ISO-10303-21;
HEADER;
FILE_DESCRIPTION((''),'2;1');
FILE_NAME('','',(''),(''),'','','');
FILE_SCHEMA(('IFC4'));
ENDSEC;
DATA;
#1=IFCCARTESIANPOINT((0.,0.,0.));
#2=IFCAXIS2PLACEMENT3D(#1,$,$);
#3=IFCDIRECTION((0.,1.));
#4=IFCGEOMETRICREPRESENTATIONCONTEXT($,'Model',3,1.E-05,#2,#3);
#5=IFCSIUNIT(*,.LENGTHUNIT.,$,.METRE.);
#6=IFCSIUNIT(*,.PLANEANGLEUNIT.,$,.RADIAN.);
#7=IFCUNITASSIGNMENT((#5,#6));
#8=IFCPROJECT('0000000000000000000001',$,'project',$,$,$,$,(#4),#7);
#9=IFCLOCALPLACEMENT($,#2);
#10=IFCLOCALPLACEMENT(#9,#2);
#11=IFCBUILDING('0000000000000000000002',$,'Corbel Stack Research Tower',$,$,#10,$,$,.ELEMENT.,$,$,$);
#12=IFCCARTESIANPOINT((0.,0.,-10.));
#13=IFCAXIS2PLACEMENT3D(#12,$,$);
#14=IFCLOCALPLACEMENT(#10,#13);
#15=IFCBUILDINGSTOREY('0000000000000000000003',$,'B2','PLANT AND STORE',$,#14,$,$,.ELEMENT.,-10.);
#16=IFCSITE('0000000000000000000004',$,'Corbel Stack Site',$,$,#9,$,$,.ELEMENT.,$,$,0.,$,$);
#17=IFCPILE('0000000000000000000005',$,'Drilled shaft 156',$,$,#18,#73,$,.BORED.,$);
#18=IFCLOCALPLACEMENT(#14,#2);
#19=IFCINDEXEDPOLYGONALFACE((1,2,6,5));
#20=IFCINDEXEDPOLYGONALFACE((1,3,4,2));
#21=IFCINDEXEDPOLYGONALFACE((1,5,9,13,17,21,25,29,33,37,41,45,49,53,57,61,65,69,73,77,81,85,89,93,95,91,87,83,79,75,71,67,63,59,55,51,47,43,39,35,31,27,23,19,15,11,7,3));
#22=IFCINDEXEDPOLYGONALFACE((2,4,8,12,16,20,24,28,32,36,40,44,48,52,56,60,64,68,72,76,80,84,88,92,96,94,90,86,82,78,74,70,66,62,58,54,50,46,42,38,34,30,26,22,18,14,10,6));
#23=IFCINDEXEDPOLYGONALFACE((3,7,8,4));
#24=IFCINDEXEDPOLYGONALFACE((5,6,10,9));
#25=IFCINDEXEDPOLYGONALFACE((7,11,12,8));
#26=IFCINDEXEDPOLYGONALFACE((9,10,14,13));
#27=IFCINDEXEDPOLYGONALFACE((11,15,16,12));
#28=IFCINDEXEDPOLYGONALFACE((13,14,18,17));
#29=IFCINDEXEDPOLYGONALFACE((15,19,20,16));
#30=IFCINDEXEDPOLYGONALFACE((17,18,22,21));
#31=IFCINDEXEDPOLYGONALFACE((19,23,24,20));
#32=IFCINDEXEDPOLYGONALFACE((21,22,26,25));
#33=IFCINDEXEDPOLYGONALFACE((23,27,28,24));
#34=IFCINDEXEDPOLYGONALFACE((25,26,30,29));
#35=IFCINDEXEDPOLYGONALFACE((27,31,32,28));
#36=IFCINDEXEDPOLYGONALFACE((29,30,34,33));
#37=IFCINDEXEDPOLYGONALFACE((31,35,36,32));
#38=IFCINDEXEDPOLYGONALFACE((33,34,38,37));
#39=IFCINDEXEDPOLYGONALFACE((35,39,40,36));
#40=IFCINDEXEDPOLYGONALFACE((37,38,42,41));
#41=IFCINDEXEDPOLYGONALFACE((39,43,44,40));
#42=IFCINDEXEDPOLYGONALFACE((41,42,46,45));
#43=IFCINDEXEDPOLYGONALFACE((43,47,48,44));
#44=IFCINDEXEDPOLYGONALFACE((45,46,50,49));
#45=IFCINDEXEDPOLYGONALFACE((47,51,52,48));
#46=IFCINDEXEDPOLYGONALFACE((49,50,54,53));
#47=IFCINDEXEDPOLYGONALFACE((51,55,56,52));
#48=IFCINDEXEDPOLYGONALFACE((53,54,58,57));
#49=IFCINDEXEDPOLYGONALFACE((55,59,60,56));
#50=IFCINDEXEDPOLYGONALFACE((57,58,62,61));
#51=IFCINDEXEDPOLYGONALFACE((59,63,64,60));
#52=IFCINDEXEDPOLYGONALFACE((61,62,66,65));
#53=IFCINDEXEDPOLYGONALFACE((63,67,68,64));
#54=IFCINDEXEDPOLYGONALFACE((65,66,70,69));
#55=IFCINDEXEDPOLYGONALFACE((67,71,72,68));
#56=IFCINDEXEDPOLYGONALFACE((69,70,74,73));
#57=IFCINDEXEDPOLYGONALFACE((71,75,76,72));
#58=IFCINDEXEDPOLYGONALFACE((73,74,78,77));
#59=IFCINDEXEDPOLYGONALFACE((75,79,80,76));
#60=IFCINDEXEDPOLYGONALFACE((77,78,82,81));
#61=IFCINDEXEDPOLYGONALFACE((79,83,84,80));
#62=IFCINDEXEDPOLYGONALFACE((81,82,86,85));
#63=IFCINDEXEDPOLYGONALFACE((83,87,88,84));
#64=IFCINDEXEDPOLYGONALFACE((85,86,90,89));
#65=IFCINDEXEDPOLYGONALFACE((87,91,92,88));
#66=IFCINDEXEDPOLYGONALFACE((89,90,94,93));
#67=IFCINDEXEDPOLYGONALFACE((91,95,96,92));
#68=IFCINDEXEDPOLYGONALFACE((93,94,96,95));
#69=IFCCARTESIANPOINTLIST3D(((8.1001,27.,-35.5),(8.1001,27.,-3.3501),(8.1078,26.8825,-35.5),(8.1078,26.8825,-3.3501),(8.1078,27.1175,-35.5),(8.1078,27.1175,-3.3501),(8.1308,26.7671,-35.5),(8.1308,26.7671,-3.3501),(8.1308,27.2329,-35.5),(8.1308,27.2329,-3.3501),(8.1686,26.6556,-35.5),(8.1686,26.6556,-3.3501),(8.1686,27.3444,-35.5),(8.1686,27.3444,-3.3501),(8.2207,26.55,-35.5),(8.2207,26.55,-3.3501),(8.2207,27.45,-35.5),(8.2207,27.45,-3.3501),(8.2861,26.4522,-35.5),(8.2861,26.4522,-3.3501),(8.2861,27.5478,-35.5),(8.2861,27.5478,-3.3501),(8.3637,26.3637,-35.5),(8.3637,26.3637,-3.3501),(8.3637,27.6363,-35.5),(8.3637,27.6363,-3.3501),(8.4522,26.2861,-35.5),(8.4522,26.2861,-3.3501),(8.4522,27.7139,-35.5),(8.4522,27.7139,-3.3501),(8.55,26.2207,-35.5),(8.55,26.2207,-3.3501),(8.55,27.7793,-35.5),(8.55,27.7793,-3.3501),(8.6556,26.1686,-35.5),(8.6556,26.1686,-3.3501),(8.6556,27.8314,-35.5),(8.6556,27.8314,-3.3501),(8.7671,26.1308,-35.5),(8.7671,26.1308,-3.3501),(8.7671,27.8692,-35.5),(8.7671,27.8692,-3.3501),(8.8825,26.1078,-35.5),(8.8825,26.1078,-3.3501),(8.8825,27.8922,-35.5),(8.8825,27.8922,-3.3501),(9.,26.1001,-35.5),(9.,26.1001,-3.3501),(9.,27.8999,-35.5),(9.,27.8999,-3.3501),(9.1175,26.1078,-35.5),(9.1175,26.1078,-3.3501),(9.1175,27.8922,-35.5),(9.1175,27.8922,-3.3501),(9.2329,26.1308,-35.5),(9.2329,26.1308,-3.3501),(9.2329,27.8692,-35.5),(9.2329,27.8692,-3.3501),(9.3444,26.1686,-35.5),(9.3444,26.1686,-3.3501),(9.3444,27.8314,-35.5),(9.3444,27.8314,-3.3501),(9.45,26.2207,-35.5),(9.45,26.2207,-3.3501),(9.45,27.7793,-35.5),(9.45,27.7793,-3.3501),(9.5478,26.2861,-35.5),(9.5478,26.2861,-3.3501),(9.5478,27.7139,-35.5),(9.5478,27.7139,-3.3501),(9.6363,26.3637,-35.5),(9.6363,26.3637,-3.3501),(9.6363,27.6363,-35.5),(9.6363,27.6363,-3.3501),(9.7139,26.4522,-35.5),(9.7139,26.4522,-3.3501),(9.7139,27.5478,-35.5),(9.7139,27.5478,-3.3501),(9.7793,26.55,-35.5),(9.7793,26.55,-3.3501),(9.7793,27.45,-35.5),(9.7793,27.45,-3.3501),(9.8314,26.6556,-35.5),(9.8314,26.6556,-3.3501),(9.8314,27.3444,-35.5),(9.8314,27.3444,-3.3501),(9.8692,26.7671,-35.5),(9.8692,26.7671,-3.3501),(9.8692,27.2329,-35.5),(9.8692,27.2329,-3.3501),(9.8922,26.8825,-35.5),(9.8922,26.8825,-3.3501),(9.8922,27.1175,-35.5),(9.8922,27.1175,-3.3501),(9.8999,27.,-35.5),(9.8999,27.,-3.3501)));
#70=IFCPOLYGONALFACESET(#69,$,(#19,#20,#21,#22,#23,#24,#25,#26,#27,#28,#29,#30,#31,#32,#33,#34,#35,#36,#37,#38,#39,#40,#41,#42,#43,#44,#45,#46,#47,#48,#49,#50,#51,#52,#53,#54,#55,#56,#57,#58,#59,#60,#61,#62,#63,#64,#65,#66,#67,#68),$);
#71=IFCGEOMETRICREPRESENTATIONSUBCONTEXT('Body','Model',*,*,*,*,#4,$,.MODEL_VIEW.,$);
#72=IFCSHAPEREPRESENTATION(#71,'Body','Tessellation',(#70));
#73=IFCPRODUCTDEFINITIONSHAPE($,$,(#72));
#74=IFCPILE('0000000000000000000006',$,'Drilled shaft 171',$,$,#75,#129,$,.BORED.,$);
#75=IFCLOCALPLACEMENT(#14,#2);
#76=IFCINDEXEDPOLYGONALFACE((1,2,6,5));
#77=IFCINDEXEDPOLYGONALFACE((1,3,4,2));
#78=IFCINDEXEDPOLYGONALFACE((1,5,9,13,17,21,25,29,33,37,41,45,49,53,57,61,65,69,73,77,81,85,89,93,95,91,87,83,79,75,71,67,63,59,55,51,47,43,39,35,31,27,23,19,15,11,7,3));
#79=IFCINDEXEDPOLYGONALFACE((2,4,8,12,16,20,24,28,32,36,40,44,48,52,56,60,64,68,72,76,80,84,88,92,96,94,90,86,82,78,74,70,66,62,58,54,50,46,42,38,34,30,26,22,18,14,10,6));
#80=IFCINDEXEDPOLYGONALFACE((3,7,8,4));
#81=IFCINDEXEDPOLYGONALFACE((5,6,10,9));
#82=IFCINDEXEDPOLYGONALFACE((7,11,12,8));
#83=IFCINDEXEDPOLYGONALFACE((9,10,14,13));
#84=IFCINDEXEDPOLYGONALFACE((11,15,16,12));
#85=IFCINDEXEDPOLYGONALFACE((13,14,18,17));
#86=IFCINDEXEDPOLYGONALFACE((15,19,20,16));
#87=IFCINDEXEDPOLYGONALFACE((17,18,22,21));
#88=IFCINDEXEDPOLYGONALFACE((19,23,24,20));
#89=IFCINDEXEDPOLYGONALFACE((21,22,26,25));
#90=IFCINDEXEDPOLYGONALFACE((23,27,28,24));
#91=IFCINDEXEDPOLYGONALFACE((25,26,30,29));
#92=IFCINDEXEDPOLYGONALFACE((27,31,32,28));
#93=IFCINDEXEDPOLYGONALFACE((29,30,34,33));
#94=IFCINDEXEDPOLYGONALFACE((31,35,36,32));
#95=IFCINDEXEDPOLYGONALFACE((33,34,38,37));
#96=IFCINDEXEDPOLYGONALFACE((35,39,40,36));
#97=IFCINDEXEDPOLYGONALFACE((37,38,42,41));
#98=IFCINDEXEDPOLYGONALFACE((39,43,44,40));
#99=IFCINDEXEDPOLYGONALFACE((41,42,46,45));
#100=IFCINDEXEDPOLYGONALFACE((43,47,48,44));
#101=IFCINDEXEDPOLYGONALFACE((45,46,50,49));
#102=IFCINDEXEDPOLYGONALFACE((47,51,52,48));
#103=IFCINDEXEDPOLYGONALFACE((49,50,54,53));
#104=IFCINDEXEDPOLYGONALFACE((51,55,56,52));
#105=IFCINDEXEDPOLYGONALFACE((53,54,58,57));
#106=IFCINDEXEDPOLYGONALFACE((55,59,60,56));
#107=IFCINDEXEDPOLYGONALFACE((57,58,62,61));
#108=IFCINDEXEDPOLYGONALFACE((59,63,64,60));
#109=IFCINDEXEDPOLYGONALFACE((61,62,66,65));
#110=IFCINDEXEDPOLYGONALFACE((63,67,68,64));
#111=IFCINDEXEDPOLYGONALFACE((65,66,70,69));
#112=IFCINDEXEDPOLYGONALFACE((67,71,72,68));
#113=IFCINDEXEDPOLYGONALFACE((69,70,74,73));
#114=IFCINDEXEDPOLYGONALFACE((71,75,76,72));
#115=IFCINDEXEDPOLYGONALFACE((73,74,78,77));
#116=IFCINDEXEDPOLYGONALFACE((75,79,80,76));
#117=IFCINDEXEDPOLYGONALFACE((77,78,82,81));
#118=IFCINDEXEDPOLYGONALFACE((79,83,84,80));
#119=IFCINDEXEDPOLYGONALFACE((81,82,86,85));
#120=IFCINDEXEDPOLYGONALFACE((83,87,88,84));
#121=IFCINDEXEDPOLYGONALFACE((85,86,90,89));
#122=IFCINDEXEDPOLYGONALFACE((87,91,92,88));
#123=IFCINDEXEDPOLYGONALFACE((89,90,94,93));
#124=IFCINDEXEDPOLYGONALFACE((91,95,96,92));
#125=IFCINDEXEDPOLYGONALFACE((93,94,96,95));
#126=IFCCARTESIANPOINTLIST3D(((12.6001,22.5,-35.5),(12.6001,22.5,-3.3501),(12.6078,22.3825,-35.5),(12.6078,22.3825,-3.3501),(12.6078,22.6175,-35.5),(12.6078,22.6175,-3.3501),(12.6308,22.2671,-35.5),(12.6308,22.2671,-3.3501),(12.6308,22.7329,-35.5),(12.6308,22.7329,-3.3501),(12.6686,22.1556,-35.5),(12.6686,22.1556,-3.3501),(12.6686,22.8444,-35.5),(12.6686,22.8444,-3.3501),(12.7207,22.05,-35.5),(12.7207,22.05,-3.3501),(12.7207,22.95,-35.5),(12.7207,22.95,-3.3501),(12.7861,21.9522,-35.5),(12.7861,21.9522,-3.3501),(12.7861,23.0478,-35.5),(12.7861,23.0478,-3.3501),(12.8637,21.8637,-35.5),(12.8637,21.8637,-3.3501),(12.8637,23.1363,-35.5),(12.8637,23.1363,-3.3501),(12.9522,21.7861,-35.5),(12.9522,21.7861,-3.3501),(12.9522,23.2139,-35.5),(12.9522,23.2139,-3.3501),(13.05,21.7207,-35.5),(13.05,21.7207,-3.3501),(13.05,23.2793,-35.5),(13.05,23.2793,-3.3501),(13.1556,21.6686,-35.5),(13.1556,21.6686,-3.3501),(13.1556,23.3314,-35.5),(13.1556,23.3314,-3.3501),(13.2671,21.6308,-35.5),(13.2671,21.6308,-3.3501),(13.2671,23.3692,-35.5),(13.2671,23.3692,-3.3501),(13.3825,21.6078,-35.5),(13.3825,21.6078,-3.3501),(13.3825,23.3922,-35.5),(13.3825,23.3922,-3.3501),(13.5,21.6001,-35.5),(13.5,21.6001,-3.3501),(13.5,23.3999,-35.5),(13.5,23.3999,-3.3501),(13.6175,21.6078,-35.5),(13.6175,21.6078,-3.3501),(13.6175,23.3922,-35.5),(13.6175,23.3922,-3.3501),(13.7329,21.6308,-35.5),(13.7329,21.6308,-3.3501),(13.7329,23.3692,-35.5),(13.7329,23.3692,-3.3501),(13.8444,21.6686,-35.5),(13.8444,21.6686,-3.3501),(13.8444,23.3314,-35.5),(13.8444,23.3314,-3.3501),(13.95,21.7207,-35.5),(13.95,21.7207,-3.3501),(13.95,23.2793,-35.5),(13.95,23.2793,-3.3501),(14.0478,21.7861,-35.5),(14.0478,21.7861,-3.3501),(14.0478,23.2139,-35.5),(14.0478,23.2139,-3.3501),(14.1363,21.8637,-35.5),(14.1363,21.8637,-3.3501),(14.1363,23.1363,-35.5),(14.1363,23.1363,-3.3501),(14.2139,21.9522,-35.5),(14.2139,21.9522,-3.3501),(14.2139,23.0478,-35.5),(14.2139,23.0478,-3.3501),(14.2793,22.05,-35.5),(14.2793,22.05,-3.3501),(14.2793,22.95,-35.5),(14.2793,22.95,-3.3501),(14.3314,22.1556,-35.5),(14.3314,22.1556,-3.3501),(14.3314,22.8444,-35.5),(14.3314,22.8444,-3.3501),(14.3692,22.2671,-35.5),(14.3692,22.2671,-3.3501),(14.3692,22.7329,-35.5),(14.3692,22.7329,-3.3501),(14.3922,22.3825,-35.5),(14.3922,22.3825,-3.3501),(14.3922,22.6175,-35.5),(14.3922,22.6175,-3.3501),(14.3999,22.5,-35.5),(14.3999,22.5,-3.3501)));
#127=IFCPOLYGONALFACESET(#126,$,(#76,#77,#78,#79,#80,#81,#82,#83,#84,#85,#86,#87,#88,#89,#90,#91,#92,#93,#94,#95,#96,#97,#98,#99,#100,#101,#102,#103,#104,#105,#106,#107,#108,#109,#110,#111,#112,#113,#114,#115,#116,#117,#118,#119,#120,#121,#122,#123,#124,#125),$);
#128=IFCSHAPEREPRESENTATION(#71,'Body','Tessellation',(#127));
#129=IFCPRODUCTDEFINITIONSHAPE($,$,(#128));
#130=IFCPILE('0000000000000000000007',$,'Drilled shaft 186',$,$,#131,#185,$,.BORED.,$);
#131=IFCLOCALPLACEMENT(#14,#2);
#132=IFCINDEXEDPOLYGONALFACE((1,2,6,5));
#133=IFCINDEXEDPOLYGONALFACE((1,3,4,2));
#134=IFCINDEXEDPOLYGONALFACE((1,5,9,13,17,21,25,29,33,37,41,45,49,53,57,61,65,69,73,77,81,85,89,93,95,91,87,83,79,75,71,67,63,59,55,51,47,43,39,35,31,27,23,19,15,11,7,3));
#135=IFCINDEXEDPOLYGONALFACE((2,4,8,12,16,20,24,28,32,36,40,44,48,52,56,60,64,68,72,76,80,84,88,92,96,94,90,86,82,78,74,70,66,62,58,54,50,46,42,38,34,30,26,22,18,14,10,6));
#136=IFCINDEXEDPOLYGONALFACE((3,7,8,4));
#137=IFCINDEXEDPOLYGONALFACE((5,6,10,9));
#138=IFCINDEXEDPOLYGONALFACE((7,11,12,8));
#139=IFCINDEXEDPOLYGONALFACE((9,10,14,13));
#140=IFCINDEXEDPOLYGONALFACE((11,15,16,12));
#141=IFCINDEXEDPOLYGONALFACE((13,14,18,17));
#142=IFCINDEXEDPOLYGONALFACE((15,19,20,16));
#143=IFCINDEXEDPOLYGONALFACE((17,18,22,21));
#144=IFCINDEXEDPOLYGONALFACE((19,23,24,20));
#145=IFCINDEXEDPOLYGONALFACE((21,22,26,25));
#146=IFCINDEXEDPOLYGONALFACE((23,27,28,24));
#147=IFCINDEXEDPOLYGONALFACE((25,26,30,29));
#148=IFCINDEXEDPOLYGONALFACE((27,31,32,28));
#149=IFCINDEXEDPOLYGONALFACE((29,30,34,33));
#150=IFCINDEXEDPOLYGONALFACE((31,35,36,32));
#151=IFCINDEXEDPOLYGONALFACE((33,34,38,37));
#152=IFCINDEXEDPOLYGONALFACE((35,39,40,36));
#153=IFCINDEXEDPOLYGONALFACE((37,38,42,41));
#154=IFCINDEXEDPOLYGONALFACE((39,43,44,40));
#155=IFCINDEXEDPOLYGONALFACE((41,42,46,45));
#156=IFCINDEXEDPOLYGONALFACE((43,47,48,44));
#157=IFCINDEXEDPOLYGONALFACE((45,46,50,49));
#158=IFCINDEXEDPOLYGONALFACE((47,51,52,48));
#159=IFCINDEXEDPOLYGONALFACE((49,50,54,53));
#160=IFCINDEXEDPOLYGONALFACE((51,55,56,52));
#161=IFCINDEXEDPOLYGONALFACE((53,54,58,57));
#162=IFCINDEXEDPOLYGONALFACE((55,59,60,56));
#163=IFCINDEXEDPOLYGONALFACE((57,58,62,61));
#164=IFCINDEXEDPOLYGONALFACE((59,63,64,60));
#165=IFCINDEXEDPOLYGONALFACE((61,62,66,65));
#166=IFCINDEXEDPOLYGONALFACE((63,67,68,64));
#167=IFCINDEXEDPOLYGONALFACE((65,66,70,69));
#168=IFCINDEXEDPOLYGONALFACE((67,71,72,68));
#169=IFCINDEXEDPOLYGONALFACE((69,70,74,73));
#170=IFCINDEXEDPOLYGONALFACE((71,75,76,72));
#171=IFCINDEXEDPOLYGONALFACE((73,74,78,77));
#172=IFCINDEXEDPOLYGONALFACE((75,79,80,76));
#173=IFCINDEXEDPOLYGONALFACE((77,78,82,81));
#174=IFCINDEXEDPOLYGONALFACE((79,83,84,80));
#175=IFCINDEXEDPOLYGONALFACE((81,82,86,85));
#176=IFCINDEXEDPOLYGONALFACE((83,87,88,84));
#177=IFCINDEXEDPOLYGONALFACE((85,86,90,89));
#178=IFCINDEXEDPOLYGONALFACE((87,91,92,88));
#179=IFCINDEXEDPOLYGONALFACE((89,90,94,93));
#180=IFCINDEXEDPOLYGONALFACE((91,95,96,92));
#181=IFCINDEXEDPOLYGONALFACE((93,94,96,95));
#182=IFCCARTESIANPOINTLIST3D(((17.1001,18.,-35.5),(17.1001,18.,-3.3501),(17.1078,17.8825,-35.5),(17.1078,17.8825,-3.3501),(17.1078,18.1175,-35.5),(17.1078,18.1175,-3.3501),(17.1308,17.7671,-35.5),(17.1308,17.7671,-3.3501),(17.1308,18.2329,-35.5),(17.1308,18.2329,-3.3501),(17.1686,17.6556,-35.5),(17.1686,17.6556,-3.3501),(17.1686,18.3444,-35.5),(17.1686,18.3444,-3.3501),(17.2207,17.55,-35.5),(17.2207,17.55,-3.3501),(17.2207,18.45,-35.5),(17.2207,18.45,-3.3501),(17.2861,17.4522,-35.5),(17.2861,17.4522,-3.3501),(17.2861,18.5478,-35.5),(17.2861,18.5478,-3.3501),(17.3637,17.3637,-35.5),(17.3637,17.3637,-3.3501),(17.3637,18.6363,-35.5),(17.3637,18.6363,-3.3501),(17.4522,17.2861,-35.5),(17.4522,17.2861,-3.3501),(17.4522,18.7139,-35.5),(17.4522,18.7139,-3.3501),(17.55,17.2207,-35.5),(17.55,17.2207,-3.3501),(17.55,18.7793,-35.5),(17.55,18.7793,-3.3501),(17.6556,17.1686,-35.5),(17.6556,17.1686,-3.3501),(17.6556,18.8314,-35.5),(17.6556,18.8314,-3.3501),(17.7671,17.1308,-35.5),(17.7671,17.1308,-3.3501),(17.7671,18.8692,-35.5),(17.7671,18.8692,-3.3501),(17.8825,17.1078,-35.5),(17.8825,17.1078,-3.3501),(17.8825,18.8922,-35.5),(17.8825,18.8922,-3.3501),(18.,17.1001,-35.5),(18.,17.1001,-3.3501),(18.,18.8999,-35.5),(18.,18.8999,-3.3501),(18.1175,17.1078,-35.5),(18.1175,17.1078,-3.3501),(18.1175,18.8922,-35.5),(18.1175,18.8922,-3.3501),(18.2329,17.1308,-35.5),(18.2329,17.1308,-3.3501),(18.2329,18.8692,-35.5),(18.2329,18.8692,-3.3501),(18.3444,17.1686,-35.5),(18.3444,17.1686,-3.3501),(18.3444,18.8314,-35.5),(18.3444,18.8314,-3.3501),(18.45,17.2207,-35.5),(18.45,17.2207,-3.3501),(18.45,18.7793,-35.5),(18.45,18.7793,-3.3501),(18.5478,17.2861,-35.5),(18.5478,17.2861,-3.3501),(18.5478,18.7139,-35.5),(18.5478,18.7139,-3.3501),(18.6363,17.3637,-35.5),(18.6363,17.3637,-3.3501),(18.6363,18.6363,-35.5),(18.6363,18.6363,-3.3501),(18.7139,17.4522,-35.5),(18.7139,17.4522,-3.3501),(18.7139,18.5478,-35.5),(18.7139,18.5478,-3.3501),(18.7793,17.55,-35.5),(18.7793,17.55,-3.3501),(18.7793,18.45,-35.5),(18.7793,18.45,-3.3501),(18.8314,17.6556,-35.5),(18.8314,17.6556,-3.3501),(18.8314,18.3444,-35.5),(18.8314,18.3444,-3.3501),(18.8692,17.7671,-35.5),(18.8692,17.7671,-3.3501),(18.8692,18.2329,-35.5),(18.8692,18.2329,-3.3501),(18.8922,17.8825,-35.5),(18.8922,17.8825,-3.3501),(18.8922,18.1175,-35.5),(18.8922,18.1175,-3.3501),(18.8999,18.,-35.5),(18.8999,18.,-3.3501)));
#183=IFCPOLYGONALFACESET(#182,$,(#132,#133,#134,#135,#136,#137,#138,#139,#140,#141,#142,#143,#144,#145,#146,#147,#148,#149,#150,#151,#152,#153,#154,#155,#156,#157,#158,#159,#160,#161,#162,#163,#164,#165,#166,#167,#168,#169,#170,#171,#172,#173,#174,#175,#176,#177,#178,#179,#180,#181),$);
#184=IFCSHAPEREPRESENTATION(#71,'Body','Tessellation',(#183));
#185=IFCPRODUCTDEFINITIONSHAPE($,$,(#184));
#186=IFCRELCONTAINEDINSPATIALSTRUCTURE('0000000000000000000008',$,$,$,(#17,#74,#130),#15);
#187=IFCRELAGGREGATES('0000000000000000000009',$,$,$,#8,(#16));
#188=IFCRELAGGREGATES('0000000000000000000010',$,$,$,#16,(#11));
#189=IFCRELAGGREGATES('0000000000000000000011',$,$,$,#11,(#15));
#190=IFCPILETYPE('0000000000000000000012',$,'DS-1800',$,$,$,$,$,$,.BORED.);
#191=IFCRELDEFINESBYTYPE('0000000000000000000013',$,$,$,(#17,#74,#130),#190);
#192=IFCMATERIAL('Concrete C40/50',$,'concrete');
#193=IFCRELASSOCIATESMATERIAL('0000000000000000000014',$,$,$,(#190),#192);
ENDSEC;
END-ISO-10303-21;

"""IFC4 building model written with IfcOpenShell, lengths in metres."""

from ifc_helpers import new_model, si_unit, direction, frame, origin, origin_2d, place, context, subcontext, project, spatial, circle, extrude, material, material_profile, profile_set, type_object, element, save


model = new_model("IFC4")

# Units and contexts
model_context = context("Model", 3, precision=1e-05, world=origin(), true_north=direction((0.0, 1.0)))
body_context = subcontext(model_context, "Body", "Model", "MODEL_VIEW")
ifc_project = project(units=[si_unit("LENGTHUNIT", "METRE"), si_unit("PLANEANGLEUNIT", "RADIAN")], contexts=[model_context])

# Site, building, storey
site_placement = place(None, origin())
site = spatial("IfcSite", under=ifc_project, at=site_placement, Name="Corbel Stack Site", CompositionType="ELEMENT", RefElevation=0.0)
building_placement = place(site_placement, origin())
building = spatial("IfcBuilding", under=site, at=building_placement, Name="Corbel Stack Research Tower", CompositionType="ELEMENT")
storey_placement = place(building_placement, frame((0.0, 0.0, -10.0)))
storey = spatial("IfcBuildingStorey", under=building, at=storey_placement, Name="B2", Description="PLANT AND STORE", CompositionType="ELEMENT", Elevation=-10.0)

# Piles
ifc_material_1 = material(Name="Concrete C40/50", Category="concrete")
ifc_material_profile_1 = material_profile(ifc_material_1, circle(Radius=0.8999, at=origin_2d()), Name="Shaft 1800")
ifc_profile_set_1 = profile_set([ifc_material_profile_1], Name="Concrete C40/50")
pile_type = type_object("IfcPileType", Name="DS-1800", PredefinedType="BORED", material=ifc_profile_set_1)
for number, where, z_axis, x_axis, name in (
    (1, (9.0, 27.0, -3.3501), (0.0, 0.0, -1.0), (1.0, 0.0, 0.0), "Drilled shaft 156"),
    (2, (13.5, 22.5, -3.3501), (0.0, 0.0, -1.0), (1.0, 0.0, 0.0), "Drilled shaft 171"),
    (3, (18.0, 18.0, -3.3501), (0.0, 0.0, -1.0), (1.0, 0.0, 0.0), "Drilled shaft 186"),
):
    element("IfcPile", number, at=place(storey_placement, frame(where, z_axis=z_axis, x_axis=x_axis)), inside=storey, type_object=pile_type, Name=name, PredefinedType="BORED", context=body_context, shape_type="SweptSolid", body=[
        extrude(circle(Radius=0.8999, at=origin_2d()), origin(), (0.0, 0.0, 1.0), 32.1499),
    ])

save(model, "model.ifc")
